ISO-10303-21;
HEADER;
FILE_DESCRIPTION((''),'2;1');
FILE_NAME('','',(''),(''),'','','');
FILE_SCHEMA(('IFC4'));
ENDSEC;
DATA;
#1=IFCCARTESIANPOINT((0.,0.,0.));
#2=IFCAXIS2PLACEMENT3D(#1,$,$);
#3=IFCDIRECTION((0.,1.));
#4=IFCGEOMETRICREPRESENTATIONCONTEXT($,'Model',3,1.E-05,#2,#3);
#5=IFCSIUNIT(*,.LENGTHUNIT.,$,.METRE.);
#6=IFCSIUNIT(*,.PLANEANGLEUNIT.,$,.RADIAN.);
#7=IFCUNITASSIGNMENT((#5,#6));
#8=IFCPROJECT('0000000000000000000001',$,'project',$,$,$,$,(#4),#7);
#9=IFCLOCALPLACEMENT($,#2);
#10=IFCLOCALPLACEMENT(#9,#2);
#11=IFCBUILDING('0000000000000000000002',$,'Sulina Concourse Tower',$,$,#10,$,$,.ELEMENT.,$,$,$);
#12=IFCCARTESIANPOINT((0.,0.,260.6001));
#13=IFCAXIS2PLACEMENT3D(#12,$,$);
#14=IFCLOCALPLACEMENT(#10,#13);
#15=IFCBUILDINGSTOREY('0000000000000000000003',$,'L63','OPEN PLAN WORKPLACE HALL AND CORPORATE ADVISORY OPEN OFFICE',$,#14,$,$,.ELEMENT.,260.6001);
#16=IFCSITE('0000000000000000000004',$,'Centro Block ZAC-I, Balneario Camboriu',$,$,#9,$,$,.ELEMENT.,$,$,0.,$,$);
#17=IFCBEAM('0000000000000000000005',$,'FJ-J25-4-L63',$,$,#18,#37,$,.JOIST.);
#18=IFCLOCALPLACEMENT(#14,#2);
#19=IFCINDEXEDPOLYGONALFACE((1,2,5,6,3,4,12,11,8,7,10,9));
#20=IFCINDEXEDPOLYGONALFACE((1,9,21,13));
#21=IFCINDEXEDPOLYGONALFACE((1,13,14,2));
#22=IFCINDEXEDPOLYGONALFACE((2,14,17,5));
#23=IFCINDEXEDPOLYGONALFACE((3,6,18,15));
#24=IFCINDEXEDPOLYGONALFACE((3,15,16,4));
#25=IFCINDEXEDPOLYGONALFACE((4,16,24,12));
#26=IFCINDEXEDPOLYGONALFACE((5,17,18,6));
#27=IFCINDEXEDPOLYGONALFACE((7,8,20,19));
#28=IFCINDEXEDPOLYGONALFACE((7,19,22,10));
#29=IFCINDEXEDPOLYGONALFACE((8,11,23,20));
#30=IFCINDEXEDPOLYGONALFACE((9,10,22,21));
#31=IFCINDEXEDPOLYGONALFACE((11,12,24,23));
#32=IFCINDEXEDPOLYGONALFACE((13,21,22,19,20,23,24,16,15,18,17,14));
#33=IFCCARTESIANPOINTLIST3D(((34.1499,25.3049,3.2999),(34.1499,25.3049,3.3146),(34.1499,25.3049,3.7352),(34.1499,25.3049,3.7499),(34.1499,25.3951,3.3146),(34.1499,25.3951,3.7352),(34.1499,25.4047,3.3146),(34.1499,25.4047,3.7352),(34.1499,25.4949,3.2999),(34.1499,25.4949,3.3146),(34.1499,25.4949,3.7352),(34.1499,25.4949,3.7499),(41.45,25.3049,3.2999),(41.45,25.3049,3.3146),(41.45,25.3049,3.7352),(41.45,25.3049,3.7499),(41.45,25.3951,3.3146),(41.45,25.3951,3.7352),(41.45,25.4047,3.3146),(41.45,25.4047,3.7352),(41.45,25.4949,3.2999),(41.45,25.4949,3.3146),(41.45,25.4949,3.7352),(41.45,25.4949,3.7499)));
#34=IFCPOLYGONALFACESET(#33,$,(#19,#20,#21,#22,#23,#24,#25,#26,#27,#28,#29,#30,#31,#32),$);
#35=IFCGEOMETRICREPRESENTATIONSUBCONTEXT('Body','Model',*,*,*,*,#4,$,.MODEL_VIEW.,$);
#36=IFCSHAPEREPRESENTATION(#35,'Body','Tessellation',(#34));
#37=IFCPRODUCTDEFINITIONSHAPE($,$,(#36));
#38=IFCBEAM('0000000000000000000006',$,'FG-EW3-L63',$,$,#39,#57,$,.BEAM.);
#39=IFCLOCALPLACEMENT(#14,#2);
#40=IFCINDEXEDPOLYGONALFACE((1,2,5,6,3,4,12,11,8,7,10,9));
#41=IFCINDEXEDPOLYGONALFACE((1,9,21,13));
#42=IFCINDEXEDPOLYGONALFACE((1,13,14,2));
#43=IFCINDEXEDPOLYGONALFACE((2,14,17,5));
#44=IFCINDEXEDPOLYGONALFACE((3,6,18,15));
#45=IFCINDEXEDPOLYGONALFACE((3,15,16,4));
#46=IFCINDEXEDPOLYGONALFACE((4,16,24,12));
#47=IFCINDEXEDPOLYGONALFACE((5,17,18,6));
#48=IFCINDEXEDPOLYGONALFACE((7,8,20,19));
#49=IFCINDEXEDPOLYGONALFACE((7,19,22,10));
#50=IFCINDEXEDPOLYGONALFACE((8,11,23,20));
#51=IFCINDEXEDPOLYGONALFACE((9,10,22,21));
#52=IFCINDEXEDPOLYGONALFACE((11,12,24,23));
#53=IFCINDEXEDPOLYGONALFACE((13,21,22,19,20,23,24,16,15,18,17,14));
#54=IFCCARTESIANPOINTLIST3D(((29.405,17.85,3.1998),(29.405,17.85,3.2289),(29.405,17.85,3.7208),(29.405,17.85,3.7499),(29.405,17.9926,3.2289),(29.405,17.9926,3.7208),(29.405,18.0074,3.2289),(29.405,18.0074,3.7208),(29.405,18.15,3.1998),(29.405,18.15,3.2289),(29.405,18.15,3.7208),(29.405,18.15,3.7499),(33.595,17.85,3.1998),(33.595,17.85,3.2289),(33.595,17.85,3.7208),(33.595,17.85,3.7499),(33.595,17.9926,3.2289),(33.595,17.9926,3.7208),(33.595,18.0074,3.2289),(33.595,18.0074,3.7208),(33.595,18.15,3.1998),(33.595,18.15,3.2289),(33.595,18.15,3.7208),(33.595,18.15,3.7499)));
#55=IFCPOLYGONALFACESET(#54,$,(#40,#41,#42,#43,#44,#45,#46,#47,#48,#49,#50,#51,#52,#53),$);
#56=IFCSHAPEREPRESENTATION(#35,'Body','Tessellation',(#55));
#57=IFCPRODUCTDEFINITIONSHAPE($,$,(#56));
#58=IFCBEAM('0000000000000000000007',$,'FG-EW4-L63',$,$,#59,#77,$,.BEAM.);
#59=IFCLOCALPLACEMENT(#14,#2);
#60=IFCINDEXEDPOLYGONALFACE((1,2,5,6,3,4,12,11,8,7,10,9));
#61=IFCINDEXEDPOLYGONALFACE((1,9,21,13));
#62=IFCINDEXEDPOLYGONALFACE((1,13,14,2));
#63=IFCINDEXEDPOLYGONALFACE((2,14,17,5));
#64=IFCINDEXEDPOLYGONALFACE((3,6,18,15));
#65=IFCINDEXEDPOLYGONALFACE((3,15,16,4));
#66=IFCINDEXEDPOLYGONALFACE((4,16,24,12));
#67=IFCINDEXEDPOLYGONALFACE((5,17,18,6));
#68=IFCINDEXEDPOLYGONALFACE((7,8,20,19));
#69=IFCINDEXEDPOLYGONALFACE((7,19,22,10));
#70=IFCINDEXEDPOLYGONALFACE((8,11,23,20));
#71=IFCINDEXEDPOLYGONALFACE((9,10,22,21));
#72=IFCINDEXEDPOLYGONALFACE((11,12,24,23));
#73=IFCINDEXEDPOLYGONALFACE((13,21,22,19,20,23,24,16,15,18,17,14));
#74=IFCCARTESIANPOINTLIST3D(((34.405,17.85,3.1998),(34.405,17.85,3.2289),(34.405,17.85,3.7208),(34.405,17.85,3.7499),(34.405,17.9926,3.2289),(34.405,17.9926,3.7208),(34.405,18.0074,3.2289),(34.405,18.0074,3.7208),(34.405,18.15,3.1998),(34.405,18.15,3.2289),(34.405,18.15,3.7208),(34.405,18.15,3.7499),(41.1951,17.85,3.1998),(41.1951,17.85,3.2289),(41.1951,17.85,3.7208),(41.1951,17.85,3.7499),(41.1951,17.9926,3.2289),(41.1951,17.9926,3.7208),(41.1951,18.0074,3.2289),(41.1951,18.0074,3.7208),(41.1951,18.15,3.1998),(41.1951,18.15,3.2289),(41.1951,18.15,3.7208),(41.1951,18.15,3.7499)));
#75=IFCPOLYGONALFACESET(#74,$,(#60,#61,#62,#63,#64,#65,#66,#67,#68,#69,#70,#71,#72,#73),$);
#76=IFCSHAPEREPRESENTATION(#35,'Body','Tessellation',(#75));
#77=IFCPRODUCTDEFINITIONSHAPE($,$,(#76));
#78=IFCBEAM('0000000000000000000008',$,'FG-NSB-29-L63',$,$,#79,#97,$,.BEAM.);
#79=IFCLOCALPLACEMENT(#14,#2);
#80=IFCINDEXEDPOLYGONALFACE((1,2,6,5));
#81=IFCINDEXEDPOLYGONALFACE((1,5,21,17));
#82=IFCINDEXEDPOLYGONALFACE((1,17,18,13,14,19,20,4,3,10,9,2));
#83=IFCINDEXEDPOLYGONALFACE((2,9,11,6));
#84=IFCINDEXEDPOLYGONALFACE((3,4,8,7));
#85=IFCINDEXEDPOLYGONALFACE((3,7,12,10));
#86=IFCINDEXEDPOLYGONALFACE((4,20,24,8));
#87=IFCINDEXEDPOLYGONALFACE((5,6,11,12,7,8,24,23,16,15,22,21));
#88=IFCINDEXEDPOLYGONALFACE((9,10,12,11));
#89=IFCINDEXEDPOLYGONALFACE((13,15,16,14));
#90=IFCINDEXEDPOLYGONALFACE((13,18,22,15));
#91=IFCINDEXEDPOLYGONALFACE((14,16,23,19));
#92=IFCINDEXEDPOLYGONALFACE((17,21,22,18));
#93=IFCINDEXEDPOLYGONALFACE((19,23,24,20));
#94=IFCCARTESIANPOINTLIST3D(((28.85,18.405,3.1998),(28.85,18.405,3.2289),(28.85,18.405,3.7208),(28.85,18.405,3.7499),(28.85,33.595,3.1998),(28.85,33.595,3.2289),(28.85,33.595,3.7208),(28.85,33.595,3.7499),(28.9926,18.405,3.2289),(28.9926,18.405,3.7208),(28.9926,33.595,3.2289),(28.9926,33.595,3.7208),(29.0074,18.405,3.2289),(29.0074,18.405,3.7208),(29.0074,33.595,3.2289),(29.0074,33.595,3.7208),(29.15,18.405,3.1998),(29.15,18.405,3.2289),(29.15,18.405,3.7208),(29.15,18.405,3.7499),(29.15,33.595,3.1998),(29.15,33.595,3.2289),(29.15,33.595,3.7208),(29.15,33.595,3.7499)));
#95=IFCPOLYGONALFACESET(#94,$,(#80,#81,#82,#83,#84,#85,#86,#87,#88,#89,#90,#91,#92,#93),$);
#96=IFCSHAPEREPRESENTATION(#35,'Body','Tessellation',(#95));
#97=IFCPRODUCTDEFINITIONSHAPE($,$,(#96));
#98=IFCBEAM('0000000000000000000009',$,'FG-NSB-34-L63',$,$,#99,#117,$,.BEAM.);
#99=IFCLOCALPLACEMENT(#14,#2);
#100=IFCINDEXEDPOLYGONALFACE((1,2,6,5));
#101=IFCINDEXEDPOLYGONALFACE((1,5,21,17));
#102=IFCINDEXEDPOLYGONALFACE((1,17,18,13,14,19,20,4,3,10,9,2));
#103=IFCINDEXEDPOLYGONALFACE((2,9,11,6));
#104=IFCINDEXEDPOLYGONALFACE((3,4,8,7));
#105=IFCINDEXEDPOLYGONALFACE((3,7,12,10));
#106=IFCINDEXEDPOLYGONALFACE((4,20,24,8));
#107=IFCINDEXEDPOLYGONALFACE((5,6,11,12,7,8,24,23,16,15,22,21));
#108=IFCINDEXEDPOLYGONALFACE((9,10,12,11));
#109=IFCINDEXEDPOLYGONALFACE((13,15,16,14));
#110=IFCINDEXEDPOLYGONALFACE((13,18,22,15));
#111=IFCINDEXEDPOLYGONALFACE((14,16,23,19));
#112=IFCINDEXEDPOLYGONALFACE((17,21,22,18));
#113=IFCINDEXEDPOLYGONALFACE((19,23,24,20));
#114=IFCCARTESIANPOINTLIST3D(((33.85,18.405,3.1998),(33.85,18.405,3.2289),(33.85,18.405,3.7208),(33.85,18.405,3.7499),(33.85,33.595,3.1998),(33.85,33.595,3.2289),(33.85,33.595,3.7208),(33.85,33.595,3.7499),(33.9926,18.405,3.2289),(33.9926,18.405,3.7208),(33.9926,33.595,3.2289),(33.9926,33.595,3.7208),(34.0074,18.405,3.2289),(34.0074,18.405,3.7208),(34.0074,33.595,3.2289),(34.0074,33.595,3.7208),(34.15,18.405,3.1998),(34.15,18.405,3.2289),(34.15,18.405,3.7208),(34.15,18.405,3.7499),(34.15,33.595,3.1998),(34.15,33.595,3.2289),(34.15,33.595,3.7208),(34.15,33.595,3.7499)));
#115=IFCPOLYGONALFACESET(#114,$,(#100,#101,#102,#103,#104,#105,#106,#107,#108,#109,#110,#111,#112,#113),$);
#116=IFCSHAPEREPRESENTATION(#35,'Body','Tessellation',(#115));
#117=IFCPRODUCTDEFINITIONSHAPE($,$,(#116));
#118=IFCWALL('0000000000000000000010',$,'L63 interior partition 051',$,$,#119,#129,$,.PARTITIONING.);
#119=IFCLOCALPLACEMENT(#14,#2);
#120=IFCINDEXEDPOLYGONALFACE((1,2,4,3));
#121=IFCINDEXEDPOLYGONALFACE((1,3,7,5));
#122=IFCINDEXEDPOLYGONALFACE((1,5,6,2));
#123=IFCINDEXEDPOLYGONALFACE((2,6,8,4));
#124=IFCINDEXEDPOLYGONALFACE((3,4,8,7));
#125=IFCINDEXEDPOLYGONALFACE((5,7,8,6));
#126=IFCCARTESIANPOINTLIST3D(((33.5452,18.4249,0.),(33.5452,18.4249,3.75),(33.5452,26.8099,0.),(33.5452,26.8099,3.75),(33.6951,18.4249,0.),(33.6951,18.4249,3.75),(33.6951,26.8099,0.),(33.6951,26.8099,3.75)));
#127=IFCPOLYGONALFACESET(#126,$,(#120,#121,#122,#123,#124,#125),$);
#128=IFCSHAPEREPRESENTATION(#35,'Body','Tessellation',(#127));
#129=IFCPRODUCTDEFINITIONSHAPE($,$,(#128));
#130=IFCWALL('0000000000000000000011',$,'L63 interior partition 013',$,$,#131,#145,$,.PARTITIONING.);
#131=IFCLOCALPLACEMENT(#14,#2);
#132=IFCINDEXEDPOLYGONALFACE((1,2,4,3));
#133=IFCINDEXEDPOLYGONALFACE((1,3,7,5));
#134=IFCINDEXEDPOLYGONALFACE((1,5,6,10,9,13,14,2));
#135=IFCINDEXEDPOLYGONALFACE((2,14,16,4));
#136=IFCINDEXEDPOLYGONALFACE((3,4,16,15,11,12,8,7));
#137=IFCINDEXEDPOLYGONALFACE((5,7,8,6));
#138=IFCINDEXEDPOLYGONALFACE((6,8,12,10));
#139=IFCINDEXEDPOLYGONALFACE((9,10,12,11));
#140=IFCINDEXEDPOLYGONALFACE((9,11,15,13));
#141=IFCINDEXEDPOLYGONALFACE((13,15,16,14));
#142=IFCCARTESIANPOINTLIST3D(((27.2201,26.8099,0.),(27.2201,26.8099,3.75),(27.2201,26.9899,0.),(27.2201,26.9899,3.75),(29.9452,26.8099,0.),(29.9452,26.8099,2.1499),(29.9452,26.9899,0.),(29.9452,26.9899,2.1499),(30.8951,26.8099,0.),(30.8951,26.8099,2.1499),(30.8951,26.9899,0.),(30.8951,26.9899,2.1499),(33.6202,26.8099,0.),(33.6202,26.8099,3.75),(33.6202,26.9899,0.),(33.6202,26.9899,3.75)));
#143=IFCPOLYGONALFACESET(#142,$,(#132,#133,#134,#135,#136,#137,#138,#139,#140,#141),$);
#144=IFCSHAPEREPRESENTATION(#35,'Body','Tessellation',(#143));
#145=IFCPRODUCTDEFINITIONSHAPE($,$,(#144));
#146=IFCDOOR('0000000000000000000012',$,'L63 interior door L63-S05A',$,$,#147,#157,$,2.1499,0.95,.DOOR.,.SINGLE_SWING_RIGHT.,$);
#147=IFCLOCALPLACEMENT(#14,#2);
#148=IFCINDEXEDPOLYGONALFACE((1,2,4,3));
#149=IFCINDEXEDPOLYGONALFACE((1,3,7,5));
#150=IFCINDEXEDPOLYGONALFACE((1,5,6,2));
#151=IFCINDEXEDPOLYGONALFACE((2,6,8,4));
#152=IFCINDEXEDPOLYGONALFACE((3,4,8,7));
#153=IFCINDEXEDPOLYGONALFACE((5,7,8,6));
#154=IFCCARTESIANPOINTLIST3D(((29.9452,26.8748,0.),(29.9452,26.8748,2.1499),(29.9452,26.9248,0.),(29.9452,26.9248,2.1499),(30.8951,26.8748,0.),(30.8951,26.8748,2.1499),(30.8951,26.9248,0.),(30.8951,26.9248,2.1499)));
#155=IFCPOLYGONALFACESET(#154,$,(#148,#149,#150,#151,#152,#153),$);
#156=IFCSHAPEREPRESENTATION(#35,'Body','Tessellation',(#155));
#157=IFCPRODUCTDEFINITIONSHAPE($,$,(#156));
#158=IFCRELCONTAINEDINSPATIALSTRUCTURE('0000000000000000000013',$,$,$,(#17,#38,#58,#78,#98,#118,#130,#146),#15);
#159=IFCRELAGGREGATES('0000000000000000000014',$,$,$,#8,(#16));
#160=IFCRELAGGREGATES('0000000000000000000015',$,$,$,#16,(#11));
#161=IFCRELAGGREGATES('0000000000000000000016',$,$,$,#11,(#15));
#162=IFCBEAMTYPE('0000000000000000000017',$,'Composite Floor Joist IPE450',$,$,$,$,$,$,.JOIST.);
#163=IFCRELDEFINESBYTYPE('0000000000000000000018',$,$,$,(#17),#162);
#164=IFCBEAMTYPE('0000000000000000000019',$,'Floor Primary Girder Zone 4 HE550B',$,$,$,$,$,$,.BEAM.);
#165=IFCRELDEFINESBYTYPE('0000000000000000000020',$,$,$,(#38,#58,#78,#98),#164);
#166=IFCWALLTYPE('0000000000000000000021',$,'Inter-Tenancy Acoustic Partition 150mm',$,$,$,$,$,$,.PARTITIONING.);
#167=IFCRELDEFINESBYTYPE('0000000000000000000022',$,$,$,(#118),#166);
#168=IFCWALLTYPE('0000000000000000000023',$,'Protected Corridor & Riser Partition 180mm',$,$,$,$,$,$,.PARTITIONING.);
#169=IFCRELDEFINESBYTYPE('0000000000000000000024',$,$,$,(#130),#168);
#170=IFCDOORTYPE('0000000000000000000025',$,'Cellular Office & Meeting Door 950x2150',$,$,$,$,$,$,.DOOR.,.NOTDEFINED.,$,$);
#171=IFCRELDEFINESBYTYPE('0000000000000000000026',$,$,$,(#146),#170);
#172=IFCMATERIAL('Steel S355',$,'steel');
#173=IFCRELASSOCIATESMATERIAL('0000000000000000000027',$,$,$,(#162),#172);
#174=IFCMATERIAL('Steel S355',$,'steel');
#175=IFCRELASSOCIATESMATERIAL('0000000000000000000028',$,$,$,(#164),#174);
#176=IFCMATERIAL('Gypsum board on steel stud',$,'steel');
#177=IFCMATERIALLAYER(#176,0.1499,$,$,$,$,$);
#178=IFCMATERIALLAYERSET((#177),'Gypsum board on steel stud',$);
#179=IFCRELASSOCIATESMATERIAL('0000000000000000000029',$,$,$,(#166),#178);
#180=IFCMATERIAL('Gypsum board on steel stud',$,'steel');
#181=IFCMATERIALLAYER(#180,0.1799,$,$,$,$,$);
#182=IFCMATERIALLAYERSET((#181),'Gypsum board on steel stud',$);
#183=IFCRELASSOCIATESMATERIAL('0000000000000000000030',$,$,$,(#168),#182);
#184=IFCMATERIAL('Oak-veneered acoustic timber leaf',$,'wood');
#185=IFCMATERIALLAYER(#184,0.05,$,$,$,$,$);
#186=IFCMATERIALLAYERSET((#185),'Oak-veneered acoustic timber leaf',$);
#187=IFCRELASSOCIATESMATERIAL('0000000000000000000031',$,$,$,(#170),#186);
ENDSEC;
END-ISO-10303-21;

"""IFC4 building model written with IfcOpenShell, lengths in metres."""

from ifc_helpers import new_model, si_unit, direction, frame, frame_2d, origin, origin_2d, place, context, subcontext, project, spatial, rectangle, i_section, extrude, material, layer, layer_set, material_profile, profile_set, type_object, element, fill, save


model = new_model("IFC4")

# Units and contexts
model_context = context("Model", 3, precision=1e-05, world=origin(), true_north=direction((0.0, 1.0)))
body_context = subcontext(model_context, "Body", "Model", "MODEL_VIEW")
ifc_project = project(units=[si_unit("LENGTHUNIT", "METRE"), si_unit("PLANEANGLEUNIT", "RADIAN")], contexts=[model_context])

# Site, building, storey
site_placement = place(None, origin())
site = spatial("IfcSite", under=ifc_project, at=site_placement, Name="Centro Block ZAC-I, Balneario Camboriu", CompositionType="ELEMENT", RefElevation=0.0)
building_placement = place(site_placement, origin())
building = spatial("IfcBuilding", under=site, at=building_placement, Name="Sulina Concourse Tower", CompositionType="ELEMENT")
storey_placement = place(building_placement, frame((0.0, 0.0, 260.6001)))
storey = spatial("IfcBuildingStorey", under=building, at=storey_placement, Name="L63", Description="OPEN PLAN WORKPLACE HALL AND CORPORATE ADVISORY OPEN OFFICE", CompositionType="ELEMENT", Elevation=260.6001)

# Beams
ifc_material_1 = material(Name="Steel S355", Category="steel")
ifc_material_profile_1 = material_profile(ifc_material_1, i_section(OverallWidth=0.1899, OverallDepth=0.45, WebThickness=0.0095, FlangeThickness=0.0146, at=origin_2d()), Name="IPE 450")
ifc_profile_set_1 = profile_set([ifc_material_profile_1], Name="Steel S355")
beam_type_1 = type_object("IfcBeamType", Name="Composite Floor Joist IPE450", PredefinedType="JOIST", material=ifc_profile_set_1)
beam_1_placement = place(storey_placement, frame((34.1499, 25.3999, 3.5249), z_axis=(1.0, 0.0, 0.0), x_axis=(0.0, 1.0, 0.0)))
element("IfcBeam", 1, at=beam_1_placement, inside=storey, type_object=beam_type_1, Name="FJ-J25-4-L63", PredefinedType="JOIST", context=body_context, shape_type="SweptSolid", body=[
    extrude(i_section(OverallWidth=0.1899, OverallDepth=0.45, WebThickness=0.0095, FlangeThickness=0.0146, at=origin_2d()), origin(), (0.0, 0.0, 1.0), 7.3),
])
ifc_material_2 = material(Name="Steel S355", Category="steel")
ifc_material_profile_2 = material_profile(ifc_material_2, i_section(OverallWidth=0.3, OverallDepth=0.55, WebThickness=0.0149, FlangeThickness=0.0291, at=origin_2d()), Name="HE 550 B")
ifc_profile_set_2 = profile_set([ifc_material_profile_2], Name="Steel S355")
beam_type_2 = type_object("IfcBeamType", Name="Floor Primary Girder Zone 4 HE550B", PredefinedType="BEAM", material=ifc_profile_set_2)
beam_2_placement = place(storey_placement, frame((29.405, 18.0, 3.4749), z_axis=(1.0, 0.0, 0.0), x_axis=(0.0, 1.0, 0.0)))
element("IfcBeam", 2, at=beam_2_placement, inside=storey, type_object=beam_type_2, Name="FG-EW3-L63", PredefinedType="BEAM", context=body_context, shape_type="SweptSolid", body=[
    extrude(i_section(OverallWidth=0.3, OverallDepth=0.55, WebThickness=0.0149, FlangeThickness=0.0291, at=origin_2d()), origin(), (0.0, 0.0, 1.0), 4.1899),
])
beam_3_placement = place(storey_placement, frame((34.405, 18.0, 3.4749), z_axis=(1.0, 0.0, 0.0), x_axis=(0.0, 1.0, 0.0)))
element("IfcBeam", 3, at=beam_3_placement, inside=storey, type_object=beam_type_2, Name="FG-EW4-L63", PredefinedType="BEAM", context=body_context, shape_type="SweptSolid", body=[
    extrude(i_section(OverallWidth=0.3, OverallDepth=0.55, WebThickness=0.0149, FlangeThickness=0.0291, at=origin_2d()), origin(), (0.0, 0.0, 1.0), 6.79),
])
for number, where, z_axis, x_axis, name in (
    (4, (29.0, 18.405, 3.4749), (0.0, 1.0, 0.0), (-1.0, 0.0, 0.0), "FG-NSB-29-L63"),
    (5, (34.0, 18.405, 3.4749), (0.0, 1.0, 0.0), (-1.0, 0.0, 0.0), "FG-NSB-34-L63"),
):
    element("IfcBeam", number, at=place(storey_placement, frame(where, z_axis=z_axis, x_axis=x_axis)), inside=storey, type_object=beam_type_2, Name=name, PredefinedType="BEAM", context=body_context, shape_type="SweptSolid", body=[
        extrude(i_section(OverallWidth=0.3, OverallDepth=0.55, WebThickness=0.0149, FlangeThickness=0.0291, at=origin_2d()), origin(), (0.0, 0.0, 1.0), 15.1899),
    ])

# Wall
ifc_material_3 = material(Name="Gypsum board on steel stud", Category="steel")
ifc_layer_1 = layer(ifc_material_3, 0.1499)
ifc_layer_set_1 = layer_set([ifc_layer_1], Name="Gypsum board on steel stud")
wall_type_1 = type_object("IfcWallType", Name="Inter-Tenancy Acoustic Partition 150mm", PredefinedType="PARTITIONING", material=ifc_layer_set_1)
wall_1_placement = place(storey_placement, frame((33.6201, 18.425, 0.0), z_axis=(0.0, 0.0, 1.0), x_axis=(0.0, 1.0, 0.0)))
element("IfcWall", 6, at=wall_1_placement, inside=storey, type_object=wall_type_1, Name="L63 interior partition 051", PredefinedType="PARTITIONING", context=body_context, shape_type="SweptSolid", body=[
    extrude(rectangle(XDim=8.385, YDim=0.1499, at=frame_2d((4.1924, 0.0))), origin(), (0.0, 0.0, 1.0), 3.75),
])

# Wall, opening, door
ifc_material_4 = material(Name="Gypsum board on steel stud", Category="steel")
ifc_layer_2 = layer(ifc_material_4, 0.1799)
ifc_layer_set_2 = layer_set([ifc_layer_2], Name="Gypsum board on steel stud")
wall_type_2 = type_object("IfcWallType", Name="Protected Corridor & Riser Partition 180mm", PredefinedType="PARTITIONING", material=ifc_layer_set_2)
wall_2_placement = place(storey_placement, frame((27.22, 26.8999, 0.0), z_axis=(0.0, 0.0, 1.0), x_axis=(1.0, 0.0, 0.0)))
wall_2 = element("IfcWall", 7, at=wall_2_placement, inside=storey, type_object=wall_type_2, Name="L63 interior partition 013", PredefinedType="PARTITIONING", context=body_context, shape_type="SweptSolid", body=[
    extrude(rectangle(XDim=6.4001, YDim=0.1799, at=frame_2d((3.2002, 0.0))), origin(), (0.0, 0.0, 1.0), 3.75),
])
opening_1_placement = place(wall_2_placement, frame((2.7251, 0.0, 0.0)))
opening_1 = element("IfcOpeningElement", 8, at=opening_1_placement, cuts=wall_2, PredefinedType="OPENING", context=body_context, shape_type="SweptSolid", body=[
    extrude(rectangle(XDim=0.95, YDim=2.1499, at=frame_2d((0.4751, 1.075))), frame((0.0, 0.0999, 0.0), z_axis=(0.0, -1.0, 0.0), x_axis=(1.0, 0.0, 0.0)), (0.0, 0.0, 1.0), 0.2),
])
ifc_material_5 = material(Name="Oak-veneered acoustic timber leaf", Category="wood")
ifc_layer_3 = layer(ifc_material_5, 0.05)
ifc_layer_set_3 = layer_set([ifc_layer_3], Name="Oak-veneered acoustic timber leaf")
door_type_1 = type_object("IfcDoorType", Name="Cellular Office & Meeting Door 950x2150", OperationType="NOTDEFINED", PredefinedType="DOOR", material=ifc_layer_set_3)
door_1_placement = place(opening_1_placement, origin())
door_1 = element("IfcDoor", 9, at=door_1_placement, inside=storey, type_object=door_type_1, Name="L63 interior door L63-S05A", OperationType="SINGLE_SWING_RIGHT", OverallHeight=2.1499, OverallWidth=0.95, PredefinedType="DOOR", context=body_context, shape_type="SweptSolid", body=[
    extrude(rectangle(XDim=0.95, YDim=2.1499, at=frame_2d((0.4751, 1.075))), frame((0.0, 0.0249, 0.0), z_axis=(0.0, -1.0, 0.0), x_axis=(1.0, 0.0, 0.0)), (0.0, 0.0, 1.0), 0.05),
])
fill(opening_1, door_1)

save(model, "model.ifc")
